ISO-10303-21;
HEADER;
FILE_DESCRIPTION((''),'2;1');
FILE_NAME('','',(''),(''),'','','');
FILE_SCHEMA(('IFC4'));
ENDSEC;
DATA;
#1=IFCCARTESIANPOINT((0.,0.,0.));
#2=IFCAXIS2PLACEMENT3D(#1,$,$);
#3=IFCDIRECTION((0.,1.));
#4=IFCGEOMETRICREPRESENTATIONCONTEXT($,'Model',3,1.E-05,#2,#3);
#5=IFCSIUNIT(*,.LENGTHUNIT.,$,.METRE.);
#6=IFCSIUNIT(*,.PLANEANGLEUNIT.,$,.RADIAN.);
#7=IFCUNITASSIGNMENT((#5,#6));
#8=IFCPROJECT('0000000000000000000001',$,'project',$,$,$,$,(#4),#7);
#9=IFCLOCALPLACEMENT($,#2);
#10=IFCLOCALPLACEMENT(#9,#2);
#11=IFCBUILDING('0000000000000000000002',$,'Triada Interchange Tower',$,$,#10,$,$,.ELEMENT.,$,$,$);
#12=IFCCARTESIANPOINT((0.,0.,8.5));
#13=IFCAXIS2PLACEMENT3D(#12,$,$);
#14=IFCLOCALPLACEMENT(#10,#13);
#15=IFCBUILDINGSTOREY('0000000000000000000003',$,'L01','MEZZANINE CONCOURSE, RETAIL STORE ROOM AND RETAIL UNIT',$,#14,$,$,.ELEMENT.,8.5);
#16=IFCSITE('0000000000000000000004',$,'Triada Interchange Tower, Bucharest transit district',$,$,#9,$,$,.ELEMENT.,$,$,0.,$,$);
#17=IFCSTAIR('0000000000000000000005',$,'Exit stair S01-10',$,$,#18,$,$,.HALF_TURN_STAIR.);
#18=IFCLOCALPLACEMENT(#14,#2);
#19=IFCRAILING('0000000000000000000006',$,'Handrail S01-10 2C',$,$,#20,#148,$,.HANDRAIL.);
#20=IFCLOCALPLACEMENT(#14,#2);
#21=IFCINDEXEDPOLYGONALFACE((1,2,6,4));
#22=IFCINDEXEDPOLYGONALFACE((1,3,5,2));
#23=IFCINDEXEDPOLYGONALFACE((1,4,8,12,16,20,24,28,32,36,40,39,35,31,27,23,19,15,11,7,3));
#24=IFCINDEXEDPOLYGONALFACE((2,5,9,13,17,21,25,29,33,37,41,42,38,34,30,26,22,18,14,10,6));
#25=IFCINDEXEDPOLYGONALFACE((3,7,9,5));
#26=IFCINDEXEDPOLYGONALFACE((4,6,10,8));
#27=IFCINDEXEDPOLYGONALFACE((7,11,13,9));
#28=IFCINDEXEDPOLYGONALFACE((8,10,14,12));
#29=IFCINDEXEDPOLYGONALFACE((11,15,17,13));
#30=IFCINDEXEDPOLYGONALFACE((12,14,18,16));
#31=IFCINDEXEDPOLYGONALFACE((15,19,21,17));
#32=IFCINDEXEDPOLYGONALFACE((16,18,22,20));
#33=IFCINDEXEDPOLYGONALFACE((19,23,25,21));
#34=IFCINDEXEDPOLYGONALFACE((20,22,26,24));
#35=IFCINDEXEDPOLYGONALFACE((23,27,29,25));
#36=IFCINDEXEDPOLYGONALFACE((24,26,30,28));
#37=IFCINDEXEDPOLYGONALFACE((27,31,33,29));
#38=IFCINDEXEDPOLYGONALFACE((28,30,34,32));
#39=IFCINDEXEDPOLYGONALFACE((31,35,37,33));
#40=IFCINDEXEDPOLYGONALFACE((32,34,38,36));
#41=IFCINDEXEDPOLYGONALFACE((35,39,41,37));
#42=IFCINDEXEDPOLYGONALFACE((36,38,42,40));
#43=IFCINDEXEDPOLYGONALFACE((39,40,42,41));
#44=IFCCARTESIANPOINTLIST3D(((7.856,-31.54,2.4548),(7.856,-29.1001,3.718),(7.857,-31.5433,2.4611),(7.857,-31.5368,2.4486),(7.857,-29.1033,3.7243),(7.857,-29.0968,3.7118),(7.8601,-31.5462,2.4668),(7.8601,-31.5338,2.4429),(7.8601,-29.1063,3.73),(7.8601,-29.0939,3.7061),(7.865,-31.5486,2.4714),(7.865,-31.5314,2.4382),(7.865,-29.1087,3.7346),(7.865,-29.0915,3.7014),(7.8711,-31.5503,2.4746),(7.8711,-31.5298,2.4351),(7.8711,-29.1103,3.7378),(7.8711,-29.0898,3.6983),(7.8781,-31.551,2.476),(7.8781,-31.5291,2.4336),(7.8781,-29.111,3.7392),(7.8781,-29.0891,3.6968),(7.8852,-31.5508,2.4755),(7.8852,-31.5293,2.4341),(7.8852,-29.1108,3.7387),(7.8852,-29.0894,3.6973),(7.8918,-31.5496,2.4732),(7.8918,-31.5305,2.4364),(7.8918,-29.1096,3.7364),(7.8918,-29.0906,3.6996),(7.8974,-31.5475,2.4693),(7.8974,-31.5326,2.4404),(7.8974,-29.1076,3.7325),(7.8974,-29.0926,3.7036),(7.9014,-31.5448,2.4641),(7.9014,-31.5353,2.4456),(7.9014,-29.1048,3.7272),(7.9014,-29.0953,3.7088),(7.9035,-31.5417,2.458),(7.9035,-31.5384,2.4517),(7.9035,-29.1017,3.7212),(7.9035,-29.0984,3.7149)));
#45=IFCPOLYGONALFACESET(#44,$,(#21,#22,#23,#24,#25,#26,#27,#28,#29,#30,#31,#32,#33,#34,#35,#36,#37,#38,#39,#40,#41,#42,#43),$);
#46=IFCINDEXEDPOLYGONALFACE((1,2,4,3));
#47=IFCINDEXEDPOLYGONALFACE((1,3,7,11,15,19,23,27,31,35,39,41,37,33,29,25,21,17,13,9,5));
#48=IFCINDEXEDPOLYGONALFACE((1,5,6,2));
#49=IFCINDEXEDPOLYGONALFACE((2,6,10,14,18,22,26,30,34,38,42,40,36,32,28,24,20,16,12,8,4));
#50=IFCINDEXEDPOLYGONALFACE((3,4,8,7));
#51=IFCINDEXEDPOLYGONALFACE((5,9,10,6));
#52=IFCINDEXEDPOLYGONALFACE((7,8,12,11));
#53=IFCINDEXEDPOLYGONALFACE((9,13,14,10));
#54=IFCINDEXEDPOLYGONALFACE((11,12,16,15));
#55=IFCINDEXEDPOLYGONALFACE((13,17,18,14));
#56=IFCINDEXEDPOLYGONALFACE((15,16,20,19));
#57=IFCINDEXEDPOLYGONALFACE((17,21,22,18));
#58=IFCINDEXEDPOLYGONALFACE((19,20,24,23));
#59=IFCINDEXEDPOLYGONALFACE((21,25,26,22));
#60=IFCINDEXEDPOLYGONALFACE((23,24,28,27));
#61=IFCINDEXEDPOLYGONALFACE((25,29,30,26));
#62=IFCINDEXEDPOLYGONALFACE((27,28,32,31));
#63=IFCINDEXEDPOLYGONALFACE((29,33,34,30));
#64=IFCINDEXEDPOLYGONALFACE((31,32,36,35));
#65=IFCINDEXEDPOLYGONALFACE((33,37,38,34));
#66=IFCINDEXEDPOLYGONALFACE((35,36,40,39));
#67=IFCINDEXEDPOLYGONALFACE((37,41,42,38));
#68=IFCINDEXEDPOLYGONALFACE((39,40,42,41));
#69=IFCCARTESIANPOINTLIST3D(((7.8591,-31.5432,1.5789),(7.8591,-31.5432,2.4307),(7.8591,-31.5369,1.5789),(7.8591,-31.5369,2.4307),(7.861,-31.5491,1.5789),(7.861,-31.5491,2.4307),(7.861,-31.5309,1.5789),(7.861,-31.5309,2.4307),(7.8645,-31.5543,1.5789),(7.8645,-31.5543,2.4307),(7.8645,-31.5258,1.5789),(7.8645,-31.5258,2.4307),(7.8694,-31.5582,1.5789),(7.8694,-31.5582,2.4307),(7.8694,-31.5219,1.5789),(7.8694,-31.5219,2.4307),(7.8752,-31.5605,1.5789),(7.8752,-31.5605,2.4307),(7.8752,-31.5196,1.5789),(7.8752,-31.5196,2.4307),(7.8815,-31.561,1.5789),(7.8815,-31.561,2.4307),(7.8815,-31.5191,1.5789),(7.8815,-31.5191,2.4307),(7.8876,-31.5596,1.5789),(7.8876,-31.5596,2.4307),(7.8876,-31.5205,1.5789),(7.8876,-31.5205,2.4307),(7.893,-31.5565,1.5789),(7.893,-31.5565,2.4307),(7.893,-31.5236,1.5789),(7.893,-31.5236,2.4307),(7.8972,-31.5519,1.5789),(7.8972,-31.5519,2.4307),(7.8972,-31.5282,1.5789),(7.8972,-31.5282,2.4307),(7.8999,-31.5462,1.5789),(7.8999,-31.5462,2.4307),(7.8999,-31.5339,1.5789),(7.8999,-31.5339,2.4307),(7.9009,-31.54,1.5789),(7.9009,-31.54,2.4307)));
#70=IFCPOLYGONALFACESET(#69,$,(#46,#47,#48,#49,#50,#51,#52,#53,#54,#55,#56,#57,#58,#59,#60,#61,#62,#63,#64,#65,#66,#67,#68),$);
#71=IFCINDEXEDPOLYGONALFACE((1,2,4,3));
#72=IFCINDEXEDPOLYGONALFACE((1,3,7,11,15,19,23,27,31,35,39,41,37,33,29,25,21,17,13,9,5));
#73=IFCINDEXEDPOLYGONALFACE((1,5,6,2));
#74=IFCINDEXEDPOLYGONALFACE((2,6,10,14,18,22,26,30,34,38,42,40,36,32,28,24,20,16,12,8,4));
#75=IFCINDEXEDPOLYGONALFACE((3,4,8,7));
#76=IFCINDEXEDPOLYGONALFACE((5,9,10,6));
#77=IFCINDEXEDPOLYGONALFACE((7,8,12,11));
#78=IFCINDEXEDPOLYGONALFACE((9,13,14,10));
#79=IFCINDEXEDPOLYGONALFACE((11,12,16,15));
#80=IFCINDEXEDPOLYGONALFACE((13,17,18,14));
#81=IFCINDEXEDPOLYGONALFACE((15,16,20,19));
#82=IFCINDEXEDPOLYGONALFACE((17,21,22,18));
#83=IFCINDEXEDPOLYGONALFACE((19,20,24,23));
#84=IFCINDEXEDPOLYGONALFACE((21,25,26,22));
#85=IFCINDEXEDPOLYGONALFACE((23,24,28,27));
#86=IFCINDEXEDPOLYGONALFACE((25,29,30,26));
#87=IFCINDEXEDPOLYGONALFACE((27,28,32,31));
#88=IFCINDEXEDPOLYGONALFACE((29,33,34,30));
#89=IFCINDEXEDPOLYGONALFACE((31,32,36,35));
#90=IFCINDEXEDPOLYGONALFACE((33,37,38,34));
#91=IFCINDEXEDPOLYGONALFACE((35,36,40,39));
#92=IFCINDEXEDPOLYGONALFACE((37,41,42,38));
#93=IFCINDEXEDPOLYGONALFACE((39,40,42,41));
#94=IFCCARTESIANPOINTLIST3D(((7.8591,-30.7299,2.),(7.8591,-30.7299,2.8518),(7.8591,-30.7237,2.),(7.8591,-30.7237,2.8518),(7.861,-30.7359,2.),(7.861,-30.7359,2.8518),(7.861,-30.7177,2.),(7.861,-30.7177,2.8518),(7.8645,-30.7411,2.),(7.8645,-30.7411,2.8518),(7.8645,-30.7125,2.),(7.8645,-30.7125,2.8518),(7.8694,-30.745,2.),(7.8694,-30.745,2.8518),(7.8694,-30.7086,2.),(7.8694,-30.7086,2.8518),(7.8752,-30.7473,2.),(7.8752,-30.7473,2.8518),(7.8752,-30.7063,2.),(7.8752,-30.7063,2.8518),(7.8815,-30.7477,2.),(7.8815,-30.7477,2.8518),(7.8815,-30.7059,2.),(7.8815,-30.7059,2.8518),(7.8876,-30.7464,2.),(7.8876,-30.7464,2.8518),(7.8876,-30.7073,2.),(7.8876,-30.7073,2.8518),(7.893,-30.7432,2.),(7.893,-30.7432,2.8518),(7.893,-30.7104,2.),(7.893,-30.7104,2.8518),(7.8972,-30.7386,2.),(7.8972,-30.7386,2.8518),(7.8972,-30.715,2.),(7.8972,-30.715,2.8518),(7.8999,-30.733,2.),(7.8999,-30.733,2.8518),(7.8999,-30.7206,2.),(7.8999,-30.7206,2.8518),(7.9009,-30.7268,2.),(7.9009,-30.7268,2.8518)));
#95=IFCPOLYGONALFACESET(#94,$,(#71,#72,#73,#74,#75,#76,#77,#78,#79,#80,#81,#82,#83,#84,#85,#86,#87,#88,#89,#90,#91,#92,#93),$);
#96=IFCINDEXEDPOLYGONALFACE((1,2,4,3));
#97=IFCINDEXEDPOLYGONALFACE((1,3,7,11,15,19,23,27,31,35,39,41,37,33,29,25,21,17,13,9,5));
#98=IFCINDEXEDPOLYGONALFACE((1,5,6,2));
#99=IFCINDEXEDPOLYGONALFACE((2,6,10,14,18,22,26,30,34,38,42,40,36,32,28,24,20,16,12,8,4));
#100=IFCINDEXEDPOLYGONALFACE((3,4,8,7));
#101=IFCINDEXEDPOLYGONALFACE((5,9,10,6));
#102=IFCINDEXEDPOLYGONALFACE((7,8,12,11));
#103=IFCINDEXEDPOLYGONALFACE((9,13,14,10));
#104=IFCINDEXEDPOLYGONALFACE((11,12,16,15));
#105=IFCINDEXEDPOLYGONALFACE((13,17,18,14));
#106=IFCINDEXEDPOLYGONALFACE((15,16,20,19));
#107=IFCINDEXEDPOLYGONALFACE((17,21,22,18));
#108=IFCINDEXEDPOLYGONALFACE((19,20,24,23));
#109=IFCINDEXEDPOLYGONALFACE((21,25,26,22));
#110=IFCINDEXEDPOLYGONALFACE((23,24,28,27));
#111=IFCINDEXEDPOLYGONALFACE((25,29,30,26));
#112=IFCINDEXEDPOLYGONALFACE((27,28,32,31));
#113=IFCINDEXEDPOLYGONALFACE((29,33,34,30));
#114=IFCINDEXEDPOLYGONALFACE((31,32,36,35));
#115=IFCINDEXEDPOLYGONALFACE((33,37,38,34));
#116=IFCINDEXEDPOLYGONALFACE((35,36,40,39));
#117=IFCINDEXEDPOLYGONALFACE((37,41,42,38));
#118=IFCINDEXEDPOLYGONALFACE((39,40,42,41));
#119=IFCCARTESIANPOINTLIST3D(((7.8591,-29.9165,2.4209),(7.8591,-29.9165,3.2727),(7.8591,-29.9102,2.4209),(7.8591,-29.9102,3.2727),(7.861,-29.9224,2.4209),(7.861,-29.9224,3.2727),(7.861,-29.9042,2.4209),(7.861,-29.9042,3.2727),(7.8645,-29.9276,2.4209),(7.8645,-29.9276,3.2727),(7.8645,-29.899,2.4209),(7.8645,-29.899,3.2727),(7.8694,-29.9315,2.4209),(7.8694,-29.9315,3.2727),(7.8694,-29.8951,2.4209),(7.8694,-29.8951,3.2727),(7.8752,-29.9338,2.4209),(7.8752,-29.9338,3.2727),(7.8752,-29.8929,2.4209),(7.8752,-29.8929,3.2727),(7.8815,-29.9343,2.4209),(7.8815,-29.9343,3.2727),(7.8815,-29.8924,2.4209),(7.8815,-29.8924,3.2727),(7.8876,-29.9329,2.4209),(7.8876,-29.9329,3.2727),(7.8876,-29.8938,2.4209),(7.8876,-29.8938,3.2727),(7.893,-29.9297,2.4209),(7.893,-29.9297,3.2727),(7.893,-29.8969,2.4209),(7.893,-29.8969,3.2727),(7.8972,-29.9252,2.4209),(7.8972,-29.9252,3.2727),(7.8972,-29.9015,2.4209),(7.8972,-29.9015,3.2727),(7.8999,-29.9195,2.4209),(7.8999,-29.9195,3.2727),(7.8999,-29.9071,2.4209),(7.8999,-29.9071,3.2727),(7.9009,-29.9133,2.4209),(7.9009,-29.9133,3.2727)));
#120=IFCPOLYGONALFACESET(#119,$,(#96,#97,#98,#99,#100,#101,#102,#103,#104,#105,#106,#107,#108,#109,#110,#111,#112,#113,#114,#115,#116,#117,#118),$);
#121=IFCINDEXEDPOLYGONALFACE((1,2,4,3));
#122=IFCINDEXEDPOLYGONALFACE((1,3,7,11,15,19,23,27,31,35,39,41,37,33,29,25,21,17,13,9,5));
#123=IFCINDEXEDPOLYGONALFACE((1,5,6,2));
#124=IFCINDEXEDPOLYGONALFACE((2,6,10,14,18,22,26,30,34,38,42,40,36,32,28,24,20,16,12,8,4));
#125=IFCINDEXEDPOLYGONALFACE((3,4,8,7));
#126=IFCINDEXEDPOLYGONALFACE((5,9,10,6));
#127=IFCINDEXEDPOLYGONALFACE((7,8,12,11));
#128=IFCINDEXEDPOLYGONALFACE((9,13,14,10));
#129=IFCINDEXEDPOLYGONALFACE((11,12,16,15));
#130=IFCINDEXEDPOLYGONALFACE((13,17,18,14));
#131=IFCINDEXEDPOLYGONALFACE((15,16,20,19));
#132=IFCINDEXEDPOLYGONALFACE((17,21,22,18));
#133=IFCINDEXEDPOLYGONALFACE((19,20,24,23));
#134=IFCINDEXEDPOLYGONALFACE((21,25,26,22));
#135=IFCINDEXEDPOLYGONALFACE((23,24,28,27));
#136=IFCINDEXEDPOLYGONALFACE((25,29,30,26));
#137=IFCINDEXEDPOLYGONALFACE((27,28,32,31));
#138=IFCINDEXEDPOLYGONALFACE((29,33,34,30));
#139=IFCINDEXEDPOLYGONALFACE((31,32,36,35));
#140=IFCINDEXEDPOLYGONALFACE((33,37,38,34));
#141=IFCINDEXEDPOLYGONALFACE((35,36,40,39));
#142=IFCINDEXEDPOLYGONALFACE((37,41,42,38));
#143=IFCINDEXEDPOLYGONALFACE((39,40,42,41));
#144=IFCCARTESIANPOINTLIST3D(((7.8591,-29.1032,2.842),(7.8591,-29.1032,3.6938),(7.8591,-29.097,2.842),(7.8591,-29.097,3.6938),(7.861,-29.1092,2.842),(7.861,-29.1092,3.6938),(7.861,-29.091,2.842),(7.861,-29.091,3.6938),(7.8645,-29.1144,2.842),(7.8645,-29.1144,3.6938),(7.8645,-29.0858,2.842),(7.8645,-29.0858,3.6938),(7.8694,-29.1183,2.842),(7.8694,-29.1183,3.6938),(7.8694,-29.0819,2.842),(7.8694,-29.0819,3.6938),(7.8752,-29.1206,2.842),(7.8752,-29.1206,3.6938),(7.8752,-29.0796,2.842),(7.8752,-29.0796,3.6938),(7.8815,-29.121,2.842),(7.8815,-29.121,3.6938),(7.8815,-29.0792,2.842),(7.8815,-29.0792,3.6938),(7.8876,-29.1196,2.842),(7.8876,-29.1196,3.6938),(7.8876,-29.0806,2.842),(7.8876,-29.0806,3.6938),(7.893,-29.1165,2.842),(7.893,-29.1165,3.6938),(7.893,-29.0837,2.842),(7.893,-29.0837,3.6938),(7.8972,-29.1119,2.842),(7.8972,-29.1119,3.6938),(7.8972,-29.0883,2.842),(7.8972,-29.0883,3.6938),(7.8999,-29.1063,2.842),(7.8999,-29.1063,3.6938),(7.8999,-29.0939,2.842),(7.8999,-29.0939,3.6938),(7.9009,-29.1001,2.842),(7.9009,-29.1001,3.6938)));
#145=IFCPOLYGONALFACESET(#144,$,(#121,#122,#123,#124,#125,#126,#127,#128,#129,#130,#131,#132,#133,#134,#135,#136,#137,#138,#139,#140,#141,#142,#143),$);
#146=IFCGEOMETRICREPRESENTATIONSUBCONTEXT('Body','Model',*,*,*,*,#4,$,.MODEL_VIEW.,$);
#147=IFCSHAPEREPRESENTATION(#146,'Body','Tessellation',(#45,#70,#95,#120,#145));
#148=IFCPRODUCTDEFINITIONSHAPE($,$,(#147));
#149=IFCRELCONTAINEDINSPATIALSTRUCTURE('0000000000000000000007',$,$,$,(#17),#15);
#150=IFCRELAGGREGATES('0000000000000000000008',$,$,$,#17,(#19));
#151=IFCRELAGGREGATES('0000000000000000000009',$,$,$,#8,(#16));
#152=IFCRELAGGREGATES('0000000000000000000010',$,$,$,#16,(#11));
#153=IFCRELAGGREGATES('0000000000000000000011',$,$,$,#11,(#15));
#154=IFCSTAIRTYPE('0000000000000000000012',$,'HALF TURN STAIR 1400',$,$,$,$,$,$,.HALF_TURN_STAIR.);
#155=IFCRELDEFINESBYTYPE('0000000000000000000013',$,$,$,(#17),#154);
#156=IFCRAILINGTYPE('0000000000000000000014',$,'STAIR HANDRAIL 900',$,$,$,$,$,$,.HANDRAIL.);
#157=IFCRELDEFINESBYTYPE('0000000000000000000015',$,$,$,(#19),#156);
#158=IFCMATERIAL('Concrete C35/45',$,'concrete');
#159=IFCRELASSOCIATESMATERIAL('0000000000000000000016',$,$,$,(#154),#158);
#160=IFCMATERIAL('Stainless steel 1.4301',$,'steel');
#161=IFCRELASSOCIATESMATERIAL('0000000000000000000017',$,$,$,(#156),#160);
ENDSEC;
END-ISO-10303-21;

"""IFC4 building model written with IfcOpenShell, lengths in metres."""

from ifc_helpers import new_model, si_unit, direction, frame, origin, origin_2d, place, context, subcontext, project, spatial, circle, extrude, material, type_object, element, aggregate, save


model = new_model("IFC4")

# Units and contexts
model_context = context("Model", 3, precision=1e-05, world=origin(), true_north=direction((0.0, 1.0)))
body_context = subcontext(model_context, "Body", "Model", "MODEL_VIEW")
ifc_project = project(units=[si_unit("LENGTHUNIT", "METRE"), si_unit("PLANEANGLEUNIT", "RADIAN")], contexts=[model_context])

# Site, building, storey
site_placement = place(None, origin())
site = spatial("IfcSite", under=ifc_project, at=site_placement, Name="Triada Interchange Tower, Bucharest transit district", CompositionType="ELEMENT", RefElevation=0.0)
building_placement = place(site_placement, origin())
building = spatial("IfcBuilding", under=site, at=building_placement, Name="Triada Interchange Tower", CompositionType="ELEMENT")
storey_placement = place(building_placement, frame((0.0, 0.0, 8.5)))
storey = spatial("IfcBuildingStorey", under=building, at=storey_placement, Name="L01", Description="MEZZANINE CONCOURSE, RETAIL STORE ROOM AND RETAIL UNIT", CompositionType="ELEMENT", Elevation=8.5)

# Shared definitions
ifc_material_1 = material(Name="Concrete C35/45", Category="concrete")

# Shared definitions
stair_type = type_object("IfcStairType", Name="HALF TURN STAIR 1400", PredefinedType="HALF_TURN_STAIR", material=ifc_material_1)

# Stair
stair_1_placement = place(storey_placement, origin())
stair_1 = element("IfcStair", 1, at=stair_1_placement, inside=storey, type_object=stair_type, Name="Exit stair S01-10", PredefinedType="HALF_TURN_STAIR")
ifc_material_2 = material(Name="Stainless steel 1.4301", Category="steel")

# Railing
railing_type_1 = type_object("IfcRailingType", Name="STAIR HANDRAIL 900", PredefinedType="HANDRAIL", material=ifc_material_2)
railing_1_placement = place(storey_placement, frame((7.8799, -31.54, 1.5789)))
railing_1 = element("IfcRailing", 2, at=railing_1_placement, type_object=railing_type_1, Name="Handrail S01-10 2C", PredefinedType="HANDRAIL", context=body_context, shape_type="SweptSolid", body=[
    extrude(circle(Radius=0.0239, at=origin_2d()), frame((0.0, 0.0, 0.876), z_axis=(0.0, 0.888048, 0.459752), x_axis=(-1.0, 0.0, 0.0)), (0.0, 0.0, 1.0), 2.7476),
    extrude(circle(Radius=0.021, at=origin_2d()), origin(), (0.0, 0.0, 1.0), 0.8518),
    extrude(circle(Radius=0.021, at=origin_2d()), frame((0.0, 0.8132, 0.4211)), (0.0, 0.0, 1.0), 0.8518),
    extrude(circle(Radius=0.021, at=origin_2d()), frame((0.0, 1.6267, 0.842)), (0.0, 0.0, 1.0), 0.8518),
    extrude(circle(Radius=0.021, at=origin_2d()), frame((0.0, 2.4399, 1.2632)), (0.0, 0.0, 1.0), 0.8518),
])
aggregate(stair_1, [railing_1])

save(model, "model.ifc")
